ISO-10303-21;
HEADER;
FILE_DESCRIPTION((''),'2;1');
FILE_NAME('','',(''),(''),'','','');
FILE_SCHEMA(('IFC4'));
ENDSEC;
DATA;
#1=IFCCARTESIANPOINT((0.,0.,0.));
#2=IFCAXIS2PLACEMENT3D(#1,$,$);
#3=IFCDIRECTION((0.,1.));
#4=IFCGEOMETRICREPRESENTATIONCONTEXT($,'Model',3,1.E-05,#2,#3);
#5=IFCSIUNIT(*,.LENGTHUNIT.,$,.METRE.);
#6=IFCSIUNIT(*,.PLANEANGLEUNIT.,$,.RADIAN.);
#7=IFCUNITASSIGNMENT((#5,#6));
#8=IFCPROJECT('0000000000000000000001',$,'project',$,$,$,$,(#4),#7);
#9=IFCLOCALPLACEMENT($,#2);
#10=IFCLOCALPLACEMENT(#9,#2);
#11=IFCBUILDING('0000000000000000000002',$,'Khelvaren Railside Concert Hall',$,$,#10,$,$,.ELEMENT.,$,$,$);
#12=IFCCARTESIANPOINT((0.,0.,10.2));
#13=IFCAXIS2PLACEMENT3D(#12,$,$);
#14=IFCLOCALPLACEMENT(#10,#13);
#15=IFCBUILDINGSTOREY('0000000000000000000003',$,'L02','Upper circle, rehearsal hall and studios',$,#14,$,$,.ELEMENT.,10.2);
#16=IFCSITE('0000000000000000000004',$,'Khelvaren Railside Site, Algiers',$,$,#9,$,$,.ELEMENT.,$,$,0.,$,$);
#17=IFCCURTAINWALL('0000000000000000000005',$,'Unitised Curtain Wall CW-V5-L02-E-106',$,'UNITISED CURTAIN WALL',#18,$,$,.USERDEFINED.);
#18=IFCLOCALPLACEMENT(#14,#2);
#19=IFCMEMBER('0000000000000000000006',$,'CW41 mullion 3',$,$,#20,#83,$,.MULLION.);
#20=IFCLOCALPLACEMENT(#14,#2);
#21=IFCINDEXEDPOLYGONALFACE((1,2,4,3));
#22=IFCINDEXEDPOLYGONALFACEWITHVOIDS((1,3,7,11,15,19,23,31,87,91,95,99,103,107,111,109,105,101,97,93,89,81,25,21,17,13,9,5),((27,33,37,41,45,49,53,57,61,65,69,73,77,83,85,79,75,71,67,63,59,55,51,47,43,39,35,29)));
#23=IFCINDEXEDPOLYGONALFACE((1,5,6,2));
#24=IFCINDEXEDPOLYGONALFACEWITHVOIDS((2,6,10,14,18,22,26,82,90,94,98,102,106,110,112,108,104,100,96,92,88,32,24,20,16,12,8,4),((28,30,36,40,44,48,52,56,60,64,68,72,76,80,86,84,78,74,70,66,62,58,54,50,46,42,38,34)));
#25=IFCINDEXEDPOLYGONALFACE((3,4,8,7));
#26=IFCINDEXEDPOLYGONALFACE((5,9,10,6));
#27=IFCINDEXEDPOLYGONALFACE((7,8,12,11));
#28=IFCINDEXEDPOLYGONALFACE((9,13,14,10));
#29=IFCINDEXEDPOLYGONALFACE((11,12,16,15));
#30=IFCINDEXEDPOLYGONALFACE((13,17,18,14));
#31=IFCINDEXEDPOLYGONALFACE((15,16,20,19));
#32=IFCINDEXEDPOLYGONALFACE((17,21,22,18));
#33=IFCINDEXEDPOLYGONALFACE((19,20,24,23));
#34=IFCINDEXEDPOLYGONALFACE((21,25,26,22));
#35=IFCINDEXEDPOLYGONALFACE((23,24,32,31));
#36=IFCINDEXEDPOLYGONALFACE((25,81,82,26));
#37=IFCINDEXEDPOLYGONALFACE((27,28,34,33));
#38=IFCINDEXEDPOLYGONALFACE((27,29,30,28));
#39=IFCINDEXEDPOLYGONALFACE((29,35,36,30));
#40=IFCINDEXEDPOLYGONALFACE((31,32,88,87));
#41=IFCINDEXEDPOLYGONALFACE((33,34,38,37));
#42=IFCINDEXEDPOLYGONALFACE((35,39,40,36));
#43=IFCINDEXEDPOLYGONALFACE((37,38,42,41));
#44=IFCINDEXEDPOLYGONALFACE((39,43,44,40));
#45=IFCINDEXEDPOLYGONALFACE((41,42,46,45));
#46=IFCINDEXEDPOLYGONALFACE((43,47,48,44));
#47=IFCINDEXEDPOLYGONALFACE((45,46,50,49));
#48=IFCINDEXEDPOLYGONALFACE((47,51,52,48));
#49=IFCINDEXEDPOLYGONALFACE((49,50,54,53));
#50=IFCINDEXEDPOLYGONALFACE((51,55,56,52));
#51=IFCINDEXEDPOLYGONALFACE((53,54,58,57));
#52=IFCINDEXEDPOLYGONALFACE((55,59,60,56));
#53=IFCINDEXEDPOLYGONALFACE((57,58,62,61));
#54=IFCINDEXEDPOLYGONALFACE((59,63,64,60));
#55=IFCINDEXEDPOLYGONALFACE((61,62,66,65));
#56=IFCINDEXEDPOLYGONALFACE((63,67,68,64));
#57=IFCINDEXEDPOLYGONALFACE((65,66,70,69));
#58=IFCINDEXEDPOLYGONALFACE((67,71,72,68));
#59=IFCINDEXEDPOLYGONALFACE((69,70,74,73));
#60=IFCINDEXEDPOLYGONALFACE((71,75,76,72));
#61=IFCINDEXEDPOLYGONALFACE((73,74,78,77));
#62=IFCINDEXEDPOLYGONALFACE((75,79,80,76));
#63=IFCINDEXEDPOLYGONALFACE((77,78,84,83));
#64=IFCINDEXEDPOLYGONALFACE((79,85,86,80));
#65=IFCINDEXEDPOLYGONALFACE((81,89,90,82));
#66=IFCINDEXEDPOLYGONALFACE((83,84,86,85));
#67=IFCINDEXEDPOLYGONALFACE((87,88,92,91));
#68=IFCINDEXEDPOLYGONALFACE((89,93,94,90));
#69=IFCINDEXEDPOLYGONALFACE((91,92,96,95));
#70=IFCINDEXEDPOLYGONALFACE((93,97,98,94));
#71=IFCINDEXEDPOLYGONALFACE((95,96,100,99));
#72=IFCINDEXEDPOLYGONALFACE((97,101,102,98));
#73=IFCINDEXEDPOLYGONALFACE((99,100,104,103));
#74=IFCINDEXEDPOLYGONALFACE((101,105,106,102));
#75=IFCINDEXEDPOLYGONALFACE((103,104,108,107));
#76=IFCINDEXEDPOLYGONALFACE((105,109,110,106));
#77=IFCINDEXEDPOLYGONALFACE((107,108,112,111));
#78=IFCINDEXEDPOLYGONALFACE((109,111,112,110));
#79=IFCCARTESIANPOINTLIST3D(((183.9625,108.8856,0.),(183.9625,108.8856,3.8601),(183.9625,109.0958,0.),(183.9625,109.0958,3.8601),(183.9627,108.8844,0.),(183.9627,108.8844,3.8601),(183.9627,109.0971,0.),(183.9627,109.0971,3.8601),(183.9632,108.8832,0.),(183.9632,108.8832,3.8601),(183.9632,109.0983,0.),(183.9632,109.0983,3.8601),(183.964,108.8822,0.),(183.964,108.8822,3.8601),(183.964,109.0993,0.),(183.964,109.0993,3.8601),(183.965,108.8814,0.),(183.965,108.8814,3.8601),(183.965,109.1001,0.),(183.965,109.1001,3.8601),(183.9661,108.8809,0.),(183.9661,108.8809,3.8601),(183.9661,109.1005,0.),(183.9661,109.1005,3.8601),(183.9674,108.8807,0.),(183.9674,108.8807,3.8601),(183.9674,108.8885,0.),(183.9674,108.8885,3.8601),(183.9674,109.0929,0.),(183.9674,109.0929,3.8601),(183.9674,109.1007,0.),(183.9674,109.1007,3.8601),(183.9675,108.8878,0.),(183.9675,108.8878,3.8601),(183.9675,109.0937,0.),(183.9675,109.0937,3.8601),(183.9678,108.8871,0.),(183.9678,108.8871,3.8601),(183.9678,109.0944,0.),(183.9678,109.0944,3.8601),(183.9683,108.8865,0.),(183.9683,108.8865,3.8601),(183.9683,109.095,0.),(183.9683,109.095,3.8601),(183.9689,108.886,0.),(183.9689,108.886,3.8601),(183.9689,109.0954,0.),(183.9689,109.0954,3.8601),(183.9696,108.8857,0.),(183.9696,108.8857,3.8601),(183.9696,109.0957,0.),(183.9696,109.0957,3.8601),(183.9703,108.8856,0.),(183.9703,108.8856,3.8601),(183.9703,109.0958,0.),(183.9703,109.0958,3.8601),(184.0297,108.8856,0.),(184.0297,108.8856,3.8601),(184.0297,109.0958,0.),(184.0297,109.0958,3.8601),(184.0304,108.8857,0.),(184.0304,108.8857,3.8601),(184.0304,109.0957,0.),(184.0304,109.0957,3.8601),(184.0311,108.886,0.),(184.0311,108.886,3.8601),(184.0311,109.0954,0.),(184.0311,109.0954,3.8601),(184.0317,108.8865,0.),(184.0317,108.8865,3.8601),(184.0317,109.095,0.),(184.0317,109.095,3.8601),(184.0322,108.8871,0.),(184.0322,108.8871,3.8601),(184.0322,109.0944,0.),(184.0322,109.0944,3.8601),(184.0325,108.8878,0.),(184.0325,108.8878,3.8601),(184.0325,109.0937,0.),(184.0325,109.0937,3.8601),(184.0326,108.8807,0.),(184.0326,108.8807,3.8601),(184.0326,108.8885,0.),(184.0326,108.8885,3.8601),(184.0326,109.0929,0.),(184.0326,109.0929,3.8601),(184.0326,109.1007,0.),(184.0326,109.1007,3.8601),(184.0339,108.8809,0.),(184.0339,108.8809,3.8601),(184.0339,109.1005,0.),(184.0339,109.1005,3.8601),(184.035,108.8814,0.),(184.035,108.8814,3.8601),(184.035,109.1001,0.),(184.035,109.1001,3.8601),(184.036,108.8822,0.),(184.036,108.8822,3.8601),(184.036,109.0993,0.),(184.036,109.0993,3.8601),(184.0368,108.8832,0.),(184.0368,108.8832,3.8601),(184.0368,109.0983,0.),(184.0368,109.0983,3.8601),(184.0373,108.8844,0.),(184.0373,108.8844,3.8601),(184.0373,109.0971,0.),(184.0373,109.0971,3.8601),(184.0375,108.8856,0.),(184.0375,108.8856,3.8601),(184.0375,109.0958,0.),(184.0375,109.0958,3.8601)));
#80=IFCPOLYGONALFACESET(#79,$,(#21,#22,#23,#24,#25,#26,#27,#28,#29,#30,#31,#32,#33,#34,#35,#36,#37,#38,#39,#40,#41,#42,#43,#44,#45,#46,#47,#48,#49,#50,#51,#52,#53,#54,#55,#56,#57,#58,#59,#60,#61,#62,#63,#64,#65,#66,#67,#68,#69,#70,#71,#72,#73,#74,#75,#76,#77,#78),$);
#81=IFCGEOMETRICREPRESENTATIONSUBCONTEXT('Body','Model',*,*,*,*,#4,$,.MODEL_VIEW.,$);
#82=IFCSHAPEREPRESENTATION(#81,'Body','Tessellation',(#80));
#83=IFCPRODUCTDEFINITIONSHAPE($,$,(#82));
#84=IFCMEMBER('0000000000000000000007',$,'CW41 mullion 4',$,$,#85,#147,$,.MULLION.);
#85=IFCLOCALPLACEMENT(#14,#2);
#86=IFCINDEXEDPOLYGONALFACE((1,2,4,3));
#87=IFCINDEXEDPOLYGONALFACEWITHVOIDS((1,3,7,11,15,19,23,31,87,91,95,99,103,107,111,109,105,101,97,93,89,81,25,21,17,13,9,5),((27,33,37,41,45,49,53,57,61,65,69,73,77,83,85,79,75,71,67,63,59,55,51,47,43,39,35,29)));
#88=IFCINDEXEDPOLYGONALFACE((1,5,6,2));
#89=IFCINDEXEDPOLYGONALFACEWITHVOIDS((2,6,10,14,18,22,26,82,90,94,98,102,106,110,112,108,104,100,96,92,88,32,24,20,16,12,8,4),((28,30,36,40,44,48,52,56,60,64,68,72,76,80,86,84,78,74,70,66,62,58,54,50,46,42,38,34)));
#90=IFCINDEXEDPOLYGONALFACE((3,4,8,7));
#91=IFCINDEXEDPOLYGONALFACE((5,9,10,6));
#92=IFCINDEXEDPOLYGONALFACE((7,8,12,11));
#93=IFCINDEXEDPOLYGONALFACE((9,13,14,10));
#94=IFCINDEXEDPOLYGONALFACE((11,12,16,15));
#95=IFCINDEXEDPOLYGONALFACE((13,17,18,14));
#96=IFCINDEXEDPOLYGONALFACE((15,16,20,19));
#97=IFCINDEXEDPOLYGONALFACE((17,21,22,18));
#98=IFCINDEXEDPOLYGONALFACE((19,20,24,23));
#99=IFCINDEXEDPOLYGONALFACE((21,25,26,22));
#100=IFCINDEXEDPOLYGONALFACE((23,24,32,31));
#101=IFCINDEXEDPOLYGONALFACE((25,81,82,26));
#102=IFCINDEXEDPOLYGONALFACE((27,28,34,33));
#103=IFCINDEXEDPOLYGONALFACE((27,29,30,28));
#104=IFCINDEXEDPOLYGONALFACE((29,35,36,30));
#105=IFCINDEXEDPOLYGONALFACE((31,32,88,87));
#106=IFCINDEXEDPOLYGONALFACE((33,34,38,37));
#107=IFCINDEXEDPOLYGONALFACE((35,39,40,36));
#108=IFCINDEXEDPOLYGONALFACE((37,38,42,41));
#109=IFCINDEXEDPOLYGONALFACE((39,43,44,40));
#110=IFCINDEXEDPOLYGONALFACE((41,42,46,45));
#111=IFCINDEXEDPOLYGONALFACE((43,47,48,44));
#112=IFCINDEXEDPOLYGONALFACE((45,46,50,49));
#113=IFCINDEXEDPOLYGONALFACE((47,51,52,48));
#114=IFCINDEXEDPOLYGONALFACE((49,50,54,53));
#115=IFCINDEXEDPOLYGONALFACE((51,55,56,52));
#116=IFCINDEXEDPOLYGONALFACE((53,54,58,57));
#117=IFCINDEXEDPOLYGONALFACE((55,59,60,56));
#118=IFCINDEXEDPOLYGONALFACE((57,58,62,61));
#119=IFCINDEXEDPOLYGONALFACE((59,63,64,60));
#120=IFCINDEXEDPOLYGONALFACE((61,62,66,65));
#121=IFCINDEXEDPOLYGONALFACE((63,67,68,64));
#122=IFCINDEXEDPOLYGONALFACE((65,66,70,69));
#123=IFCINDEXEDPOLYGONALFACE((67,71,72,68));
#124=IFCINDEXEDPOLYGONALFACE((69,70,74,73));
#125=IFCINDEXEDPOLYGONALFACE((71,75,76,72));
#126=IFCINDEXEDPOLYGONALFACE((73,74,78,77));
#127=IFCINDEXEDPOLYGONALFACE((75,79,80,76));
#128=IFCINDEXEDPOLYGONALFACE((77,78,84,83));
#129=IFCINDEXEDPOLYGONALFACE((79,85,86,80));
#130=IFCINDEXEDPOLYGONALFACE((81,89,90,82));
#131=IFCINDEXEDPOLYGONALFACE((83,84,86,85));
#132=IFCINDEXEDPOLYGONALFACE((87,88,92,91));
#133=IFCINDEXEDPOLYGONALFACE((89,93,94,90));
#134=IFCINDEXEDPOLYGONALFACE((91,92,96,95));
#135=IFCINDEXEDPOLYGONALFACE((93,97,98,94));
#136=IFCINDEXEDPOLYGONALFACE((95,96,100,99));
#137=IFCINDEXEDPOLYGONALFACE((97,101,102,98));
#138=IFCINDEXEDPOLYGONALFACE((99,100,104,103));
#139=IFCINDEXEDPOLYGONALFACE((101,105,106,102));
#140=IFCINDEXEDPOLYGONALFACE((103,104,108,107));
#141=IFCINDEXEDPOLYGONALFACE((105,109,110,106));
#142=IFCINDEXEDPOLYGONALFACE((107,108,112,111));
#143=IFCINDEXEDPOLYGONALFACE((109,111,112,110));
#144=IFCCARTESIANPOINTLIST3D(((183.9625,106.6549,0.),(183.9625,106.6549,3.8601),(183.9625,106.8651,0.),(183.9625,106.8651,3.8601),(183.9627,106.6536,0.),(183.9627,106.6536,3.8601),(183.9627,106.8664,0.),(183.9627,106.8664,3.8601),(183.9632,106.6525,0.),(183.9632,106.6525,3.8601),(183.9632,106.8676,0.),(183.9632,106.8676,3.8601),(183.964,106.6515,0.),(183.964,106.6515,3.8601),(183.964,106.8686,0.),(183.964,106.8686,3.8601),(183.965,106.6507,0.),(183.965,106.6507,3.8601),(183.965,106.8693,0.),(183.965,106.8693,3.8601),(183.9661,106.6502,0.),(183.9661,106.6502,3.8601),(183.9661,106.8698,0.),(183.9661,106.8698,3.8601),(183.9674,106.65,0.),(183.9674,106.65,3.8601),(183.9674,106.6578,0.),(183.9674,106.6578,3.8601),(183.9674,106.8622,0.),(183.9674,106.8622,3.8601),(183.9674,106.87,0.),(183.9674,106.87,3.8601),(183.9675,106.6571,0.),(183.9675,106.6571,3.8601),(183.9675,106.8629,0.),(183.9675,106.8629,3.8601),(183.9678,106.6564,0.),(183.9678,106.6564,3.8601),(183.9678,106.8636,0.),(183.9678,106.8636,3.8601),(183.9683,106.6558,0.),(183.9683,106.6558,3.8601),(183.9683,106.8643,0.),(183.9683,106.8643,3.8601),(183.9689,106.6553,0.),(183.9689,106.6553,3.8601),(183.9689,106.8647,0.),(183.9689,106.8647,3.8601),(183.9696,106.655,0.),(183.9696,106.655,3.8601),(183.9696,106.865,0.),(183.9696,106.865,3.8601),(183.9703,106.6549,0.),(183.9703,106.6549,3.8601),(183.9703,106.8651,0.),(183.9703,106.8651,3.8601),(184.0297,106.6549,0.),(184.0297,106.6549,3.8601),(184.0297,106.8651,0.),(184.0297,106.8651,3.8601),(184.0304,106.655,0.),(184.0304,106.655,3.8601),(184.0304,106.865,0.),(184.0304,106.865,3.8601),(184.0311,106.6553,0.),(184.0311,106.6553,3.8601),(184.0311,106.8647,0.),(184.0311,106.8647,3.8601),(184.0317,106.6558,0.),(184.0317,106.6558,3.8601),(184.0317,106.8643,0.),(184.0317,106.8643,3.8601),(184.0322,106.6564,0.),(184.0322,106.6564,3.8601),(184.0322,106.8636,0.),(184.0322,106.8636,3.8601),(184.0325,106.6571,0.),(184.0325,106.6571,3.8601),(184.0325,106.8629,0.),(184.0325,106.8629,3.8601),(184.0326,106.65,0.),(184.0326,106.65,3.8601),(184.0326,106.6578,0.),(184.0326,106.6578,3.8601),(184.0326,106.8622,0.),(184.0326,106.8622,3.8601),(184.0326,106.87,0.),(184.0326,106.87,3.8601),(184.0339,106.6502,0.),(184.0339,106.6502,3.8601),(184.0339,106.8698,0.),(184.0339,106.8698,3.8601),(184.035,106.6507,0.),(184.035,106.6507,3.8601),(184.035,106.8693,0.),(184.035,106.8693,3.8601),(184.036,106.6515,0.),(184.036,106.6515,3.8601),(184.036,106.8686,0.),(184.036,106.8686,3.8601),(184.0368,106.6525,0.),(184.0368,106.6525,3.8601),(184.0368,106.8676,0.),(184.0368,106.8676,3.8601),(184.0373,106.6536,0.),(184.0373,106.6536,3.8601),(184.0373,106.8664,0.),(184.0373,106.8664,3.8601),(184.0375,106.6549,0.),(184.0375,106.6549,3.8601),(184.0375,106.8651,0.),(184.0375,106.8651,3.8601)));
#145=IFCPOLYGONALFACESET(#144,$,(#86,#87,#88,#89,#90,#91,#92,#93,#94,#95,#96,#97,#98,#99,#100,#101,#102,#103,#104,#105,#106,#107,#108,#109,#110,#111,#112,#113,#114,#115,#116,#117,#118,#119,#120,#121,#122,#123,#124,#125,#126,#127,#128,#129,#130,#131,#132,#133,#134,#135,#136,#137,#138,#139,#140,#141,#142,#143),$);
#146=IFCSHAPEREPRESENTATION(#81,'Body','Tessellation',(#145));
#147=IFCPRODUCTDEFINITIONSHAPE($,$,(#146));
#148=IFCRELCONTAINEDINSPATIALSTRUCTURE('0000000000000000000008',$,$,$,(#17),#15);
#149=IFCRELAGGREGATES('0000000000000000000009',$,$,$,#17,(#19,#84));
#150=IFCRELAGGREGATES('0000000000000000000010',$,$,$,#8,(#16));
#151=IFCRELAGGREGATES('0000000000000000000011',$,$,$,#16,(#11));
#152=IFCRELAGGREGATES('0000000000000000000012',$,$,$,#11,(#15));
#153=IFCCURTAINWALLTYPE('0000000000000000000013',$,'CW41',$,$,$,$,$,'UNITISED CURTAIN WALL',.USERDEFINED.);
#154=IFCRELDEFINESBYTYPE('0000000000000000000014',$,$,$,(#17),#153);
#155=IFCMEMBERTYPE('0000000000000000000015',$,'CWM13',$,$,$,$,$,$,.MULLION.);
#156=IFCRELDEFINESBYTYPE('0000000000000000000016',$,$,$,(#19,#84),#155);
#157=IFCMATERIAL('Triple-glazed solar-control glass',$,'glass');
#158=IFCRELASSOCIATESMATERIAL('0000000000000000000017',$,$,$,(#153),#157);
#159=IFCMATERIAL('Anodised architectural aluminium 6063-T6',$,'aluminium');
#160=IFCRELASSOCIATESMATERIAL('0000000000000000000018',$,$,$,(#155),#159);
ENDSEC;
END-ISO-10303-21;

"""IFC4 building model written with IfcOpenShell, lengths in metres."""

from ifc_helpers import new_model, si_unit, direction, frame, origin, origin_2d, place, context, subcontext, project, spatial, hollow_rectangle, extrude, material, material_profile, profile_set, type_object, element, aggregate, save


model = new_model("IFC4")

# Units and contexts
model_context = context("Model", 3, precision=1e-05, world=origin(), true_north=direction((0.0, 1.0)))
body_context = subcontext(model_context, "Body", "Model", "MODEL_VIEW")
ifc_project = project(units=[si_unit("LENGTHUNIT", "METRE"), si_unit("PLANEANGLEUNIT", "RADIAN")], contexts=[model_context])

# Site, building, storey
site_placement = place(None, origin())
site = spatial("IfcSite", under=ifc_project, at=site_placement, Name="Khelvaren Railside Site, Algiers", CompositionType="ELEMENT", RefElevation=0.0)
building_placement = place(site_placement, origin())
building = spatial("IfcBuilding", under=site, at=building_placement, Name="Khelvaren Railside Concert Hall", CompositionType="ELEMENT")
storey_placement = place(building_placement, frame((0.0, 0.0, 10.2)))
storey = spatial("IfcBuildingStorey", under=building, at=storey_placement, Name="L02", Description="Upper circle, rehearsal hall and studios", CompositionType="ELEMENT", Elevation=10.2)

# Curtain wall, members
ifc_material_1 = material(Name="Triple-glazed solar-control glass", Category="glass")
curtain_wall_type = type_object("IfcCurtainWallType", Name="CW41", ElementType="UNITISED CURTAIN WALL", PredefinedType="USERDEFINED", material=ifc_material_1)
curtain_wall_placement = place(storey_placement, origin())
curtain_wall = element("IfcCurtainWall", 1, at=curtain_wall_placement, inside=storey, type_object=curtain_wall_type, Name="Unitised Curtain Wall CW-V5-L02-E-106", ObjectType="UNITISED CURTAIN WALL", PredefinedType="USERDEFINED")
ifc_material_2 = material(Name="Anodised architectural aluminium 6063-T6", Category="aluminium")
ifc_material_profile_1 = material_profile(ifc_material_2, hollow_rectangle(XDim=0.075, YDim=0.22, WallThickness=0.0049, InnerFilletRadius=0.0029, OuterFilletRadius=0.0049, at=origin_2d()), Name="CWM 75x220x5")
ifc_profile_set_1 = profile_set([ifc_material_profile_1], Name="Anodised architectural aluminium 6063-T6")
member_type_1 = type_object("IfcMemberType", Name="CWM13", PredefinedType="MULLION", material=ifc_profile_set_1)
member_1_placement = place(storey_placement, frame((184.0, 108.9907, 0.0), z_axis=(0.0, 0.0, 1.0), x_axis=(1.0, 0.0, 0.0)))
member_1 = element("IfcMember", 2, at=member_1_placement, type_object=member_type_1, Name="CW41 mullion 3", PredefinedType="MULLION", context=body_context, shape_type="SweptSolid", body=[
    extrude(hollow_rectangle(XDim=0.075, YDim=0.22, WallThickness=0.0049, InnerFilletRadius=0.0029, OuterFilletRadius=0.0049, at=origin_2d()), origin(), (0.0, 0.0, 1.0), 3.8601),
])
member_2_placement = place(storey_placement, frame((184.0, 106.76, 0.0), z_axis=(0.0, 0.0, 1.0), x_axis=(1.0, 0.0, 0.0)))
member_2 = element("IfcMember", 3, at=member_2_placement, type_object=member_type_1, Name="CW41 mullion 4", PredefinedType="MULLION", context=body_context, shape_type="SweptSolid", body=[
    extrude(hollow_rectangle(XDim=0.075, YDim=0.22, WallThickness=0.0049, InnerFilletRadius=0.0029, OuterFilletRadius=0.0049, at=origin_2d()), origin(), (0.0, 0.0, 1.0), 3.8601),
])
aggregate(curtain_wall, [member_1, member_2])

save(model, "model.ifc")
